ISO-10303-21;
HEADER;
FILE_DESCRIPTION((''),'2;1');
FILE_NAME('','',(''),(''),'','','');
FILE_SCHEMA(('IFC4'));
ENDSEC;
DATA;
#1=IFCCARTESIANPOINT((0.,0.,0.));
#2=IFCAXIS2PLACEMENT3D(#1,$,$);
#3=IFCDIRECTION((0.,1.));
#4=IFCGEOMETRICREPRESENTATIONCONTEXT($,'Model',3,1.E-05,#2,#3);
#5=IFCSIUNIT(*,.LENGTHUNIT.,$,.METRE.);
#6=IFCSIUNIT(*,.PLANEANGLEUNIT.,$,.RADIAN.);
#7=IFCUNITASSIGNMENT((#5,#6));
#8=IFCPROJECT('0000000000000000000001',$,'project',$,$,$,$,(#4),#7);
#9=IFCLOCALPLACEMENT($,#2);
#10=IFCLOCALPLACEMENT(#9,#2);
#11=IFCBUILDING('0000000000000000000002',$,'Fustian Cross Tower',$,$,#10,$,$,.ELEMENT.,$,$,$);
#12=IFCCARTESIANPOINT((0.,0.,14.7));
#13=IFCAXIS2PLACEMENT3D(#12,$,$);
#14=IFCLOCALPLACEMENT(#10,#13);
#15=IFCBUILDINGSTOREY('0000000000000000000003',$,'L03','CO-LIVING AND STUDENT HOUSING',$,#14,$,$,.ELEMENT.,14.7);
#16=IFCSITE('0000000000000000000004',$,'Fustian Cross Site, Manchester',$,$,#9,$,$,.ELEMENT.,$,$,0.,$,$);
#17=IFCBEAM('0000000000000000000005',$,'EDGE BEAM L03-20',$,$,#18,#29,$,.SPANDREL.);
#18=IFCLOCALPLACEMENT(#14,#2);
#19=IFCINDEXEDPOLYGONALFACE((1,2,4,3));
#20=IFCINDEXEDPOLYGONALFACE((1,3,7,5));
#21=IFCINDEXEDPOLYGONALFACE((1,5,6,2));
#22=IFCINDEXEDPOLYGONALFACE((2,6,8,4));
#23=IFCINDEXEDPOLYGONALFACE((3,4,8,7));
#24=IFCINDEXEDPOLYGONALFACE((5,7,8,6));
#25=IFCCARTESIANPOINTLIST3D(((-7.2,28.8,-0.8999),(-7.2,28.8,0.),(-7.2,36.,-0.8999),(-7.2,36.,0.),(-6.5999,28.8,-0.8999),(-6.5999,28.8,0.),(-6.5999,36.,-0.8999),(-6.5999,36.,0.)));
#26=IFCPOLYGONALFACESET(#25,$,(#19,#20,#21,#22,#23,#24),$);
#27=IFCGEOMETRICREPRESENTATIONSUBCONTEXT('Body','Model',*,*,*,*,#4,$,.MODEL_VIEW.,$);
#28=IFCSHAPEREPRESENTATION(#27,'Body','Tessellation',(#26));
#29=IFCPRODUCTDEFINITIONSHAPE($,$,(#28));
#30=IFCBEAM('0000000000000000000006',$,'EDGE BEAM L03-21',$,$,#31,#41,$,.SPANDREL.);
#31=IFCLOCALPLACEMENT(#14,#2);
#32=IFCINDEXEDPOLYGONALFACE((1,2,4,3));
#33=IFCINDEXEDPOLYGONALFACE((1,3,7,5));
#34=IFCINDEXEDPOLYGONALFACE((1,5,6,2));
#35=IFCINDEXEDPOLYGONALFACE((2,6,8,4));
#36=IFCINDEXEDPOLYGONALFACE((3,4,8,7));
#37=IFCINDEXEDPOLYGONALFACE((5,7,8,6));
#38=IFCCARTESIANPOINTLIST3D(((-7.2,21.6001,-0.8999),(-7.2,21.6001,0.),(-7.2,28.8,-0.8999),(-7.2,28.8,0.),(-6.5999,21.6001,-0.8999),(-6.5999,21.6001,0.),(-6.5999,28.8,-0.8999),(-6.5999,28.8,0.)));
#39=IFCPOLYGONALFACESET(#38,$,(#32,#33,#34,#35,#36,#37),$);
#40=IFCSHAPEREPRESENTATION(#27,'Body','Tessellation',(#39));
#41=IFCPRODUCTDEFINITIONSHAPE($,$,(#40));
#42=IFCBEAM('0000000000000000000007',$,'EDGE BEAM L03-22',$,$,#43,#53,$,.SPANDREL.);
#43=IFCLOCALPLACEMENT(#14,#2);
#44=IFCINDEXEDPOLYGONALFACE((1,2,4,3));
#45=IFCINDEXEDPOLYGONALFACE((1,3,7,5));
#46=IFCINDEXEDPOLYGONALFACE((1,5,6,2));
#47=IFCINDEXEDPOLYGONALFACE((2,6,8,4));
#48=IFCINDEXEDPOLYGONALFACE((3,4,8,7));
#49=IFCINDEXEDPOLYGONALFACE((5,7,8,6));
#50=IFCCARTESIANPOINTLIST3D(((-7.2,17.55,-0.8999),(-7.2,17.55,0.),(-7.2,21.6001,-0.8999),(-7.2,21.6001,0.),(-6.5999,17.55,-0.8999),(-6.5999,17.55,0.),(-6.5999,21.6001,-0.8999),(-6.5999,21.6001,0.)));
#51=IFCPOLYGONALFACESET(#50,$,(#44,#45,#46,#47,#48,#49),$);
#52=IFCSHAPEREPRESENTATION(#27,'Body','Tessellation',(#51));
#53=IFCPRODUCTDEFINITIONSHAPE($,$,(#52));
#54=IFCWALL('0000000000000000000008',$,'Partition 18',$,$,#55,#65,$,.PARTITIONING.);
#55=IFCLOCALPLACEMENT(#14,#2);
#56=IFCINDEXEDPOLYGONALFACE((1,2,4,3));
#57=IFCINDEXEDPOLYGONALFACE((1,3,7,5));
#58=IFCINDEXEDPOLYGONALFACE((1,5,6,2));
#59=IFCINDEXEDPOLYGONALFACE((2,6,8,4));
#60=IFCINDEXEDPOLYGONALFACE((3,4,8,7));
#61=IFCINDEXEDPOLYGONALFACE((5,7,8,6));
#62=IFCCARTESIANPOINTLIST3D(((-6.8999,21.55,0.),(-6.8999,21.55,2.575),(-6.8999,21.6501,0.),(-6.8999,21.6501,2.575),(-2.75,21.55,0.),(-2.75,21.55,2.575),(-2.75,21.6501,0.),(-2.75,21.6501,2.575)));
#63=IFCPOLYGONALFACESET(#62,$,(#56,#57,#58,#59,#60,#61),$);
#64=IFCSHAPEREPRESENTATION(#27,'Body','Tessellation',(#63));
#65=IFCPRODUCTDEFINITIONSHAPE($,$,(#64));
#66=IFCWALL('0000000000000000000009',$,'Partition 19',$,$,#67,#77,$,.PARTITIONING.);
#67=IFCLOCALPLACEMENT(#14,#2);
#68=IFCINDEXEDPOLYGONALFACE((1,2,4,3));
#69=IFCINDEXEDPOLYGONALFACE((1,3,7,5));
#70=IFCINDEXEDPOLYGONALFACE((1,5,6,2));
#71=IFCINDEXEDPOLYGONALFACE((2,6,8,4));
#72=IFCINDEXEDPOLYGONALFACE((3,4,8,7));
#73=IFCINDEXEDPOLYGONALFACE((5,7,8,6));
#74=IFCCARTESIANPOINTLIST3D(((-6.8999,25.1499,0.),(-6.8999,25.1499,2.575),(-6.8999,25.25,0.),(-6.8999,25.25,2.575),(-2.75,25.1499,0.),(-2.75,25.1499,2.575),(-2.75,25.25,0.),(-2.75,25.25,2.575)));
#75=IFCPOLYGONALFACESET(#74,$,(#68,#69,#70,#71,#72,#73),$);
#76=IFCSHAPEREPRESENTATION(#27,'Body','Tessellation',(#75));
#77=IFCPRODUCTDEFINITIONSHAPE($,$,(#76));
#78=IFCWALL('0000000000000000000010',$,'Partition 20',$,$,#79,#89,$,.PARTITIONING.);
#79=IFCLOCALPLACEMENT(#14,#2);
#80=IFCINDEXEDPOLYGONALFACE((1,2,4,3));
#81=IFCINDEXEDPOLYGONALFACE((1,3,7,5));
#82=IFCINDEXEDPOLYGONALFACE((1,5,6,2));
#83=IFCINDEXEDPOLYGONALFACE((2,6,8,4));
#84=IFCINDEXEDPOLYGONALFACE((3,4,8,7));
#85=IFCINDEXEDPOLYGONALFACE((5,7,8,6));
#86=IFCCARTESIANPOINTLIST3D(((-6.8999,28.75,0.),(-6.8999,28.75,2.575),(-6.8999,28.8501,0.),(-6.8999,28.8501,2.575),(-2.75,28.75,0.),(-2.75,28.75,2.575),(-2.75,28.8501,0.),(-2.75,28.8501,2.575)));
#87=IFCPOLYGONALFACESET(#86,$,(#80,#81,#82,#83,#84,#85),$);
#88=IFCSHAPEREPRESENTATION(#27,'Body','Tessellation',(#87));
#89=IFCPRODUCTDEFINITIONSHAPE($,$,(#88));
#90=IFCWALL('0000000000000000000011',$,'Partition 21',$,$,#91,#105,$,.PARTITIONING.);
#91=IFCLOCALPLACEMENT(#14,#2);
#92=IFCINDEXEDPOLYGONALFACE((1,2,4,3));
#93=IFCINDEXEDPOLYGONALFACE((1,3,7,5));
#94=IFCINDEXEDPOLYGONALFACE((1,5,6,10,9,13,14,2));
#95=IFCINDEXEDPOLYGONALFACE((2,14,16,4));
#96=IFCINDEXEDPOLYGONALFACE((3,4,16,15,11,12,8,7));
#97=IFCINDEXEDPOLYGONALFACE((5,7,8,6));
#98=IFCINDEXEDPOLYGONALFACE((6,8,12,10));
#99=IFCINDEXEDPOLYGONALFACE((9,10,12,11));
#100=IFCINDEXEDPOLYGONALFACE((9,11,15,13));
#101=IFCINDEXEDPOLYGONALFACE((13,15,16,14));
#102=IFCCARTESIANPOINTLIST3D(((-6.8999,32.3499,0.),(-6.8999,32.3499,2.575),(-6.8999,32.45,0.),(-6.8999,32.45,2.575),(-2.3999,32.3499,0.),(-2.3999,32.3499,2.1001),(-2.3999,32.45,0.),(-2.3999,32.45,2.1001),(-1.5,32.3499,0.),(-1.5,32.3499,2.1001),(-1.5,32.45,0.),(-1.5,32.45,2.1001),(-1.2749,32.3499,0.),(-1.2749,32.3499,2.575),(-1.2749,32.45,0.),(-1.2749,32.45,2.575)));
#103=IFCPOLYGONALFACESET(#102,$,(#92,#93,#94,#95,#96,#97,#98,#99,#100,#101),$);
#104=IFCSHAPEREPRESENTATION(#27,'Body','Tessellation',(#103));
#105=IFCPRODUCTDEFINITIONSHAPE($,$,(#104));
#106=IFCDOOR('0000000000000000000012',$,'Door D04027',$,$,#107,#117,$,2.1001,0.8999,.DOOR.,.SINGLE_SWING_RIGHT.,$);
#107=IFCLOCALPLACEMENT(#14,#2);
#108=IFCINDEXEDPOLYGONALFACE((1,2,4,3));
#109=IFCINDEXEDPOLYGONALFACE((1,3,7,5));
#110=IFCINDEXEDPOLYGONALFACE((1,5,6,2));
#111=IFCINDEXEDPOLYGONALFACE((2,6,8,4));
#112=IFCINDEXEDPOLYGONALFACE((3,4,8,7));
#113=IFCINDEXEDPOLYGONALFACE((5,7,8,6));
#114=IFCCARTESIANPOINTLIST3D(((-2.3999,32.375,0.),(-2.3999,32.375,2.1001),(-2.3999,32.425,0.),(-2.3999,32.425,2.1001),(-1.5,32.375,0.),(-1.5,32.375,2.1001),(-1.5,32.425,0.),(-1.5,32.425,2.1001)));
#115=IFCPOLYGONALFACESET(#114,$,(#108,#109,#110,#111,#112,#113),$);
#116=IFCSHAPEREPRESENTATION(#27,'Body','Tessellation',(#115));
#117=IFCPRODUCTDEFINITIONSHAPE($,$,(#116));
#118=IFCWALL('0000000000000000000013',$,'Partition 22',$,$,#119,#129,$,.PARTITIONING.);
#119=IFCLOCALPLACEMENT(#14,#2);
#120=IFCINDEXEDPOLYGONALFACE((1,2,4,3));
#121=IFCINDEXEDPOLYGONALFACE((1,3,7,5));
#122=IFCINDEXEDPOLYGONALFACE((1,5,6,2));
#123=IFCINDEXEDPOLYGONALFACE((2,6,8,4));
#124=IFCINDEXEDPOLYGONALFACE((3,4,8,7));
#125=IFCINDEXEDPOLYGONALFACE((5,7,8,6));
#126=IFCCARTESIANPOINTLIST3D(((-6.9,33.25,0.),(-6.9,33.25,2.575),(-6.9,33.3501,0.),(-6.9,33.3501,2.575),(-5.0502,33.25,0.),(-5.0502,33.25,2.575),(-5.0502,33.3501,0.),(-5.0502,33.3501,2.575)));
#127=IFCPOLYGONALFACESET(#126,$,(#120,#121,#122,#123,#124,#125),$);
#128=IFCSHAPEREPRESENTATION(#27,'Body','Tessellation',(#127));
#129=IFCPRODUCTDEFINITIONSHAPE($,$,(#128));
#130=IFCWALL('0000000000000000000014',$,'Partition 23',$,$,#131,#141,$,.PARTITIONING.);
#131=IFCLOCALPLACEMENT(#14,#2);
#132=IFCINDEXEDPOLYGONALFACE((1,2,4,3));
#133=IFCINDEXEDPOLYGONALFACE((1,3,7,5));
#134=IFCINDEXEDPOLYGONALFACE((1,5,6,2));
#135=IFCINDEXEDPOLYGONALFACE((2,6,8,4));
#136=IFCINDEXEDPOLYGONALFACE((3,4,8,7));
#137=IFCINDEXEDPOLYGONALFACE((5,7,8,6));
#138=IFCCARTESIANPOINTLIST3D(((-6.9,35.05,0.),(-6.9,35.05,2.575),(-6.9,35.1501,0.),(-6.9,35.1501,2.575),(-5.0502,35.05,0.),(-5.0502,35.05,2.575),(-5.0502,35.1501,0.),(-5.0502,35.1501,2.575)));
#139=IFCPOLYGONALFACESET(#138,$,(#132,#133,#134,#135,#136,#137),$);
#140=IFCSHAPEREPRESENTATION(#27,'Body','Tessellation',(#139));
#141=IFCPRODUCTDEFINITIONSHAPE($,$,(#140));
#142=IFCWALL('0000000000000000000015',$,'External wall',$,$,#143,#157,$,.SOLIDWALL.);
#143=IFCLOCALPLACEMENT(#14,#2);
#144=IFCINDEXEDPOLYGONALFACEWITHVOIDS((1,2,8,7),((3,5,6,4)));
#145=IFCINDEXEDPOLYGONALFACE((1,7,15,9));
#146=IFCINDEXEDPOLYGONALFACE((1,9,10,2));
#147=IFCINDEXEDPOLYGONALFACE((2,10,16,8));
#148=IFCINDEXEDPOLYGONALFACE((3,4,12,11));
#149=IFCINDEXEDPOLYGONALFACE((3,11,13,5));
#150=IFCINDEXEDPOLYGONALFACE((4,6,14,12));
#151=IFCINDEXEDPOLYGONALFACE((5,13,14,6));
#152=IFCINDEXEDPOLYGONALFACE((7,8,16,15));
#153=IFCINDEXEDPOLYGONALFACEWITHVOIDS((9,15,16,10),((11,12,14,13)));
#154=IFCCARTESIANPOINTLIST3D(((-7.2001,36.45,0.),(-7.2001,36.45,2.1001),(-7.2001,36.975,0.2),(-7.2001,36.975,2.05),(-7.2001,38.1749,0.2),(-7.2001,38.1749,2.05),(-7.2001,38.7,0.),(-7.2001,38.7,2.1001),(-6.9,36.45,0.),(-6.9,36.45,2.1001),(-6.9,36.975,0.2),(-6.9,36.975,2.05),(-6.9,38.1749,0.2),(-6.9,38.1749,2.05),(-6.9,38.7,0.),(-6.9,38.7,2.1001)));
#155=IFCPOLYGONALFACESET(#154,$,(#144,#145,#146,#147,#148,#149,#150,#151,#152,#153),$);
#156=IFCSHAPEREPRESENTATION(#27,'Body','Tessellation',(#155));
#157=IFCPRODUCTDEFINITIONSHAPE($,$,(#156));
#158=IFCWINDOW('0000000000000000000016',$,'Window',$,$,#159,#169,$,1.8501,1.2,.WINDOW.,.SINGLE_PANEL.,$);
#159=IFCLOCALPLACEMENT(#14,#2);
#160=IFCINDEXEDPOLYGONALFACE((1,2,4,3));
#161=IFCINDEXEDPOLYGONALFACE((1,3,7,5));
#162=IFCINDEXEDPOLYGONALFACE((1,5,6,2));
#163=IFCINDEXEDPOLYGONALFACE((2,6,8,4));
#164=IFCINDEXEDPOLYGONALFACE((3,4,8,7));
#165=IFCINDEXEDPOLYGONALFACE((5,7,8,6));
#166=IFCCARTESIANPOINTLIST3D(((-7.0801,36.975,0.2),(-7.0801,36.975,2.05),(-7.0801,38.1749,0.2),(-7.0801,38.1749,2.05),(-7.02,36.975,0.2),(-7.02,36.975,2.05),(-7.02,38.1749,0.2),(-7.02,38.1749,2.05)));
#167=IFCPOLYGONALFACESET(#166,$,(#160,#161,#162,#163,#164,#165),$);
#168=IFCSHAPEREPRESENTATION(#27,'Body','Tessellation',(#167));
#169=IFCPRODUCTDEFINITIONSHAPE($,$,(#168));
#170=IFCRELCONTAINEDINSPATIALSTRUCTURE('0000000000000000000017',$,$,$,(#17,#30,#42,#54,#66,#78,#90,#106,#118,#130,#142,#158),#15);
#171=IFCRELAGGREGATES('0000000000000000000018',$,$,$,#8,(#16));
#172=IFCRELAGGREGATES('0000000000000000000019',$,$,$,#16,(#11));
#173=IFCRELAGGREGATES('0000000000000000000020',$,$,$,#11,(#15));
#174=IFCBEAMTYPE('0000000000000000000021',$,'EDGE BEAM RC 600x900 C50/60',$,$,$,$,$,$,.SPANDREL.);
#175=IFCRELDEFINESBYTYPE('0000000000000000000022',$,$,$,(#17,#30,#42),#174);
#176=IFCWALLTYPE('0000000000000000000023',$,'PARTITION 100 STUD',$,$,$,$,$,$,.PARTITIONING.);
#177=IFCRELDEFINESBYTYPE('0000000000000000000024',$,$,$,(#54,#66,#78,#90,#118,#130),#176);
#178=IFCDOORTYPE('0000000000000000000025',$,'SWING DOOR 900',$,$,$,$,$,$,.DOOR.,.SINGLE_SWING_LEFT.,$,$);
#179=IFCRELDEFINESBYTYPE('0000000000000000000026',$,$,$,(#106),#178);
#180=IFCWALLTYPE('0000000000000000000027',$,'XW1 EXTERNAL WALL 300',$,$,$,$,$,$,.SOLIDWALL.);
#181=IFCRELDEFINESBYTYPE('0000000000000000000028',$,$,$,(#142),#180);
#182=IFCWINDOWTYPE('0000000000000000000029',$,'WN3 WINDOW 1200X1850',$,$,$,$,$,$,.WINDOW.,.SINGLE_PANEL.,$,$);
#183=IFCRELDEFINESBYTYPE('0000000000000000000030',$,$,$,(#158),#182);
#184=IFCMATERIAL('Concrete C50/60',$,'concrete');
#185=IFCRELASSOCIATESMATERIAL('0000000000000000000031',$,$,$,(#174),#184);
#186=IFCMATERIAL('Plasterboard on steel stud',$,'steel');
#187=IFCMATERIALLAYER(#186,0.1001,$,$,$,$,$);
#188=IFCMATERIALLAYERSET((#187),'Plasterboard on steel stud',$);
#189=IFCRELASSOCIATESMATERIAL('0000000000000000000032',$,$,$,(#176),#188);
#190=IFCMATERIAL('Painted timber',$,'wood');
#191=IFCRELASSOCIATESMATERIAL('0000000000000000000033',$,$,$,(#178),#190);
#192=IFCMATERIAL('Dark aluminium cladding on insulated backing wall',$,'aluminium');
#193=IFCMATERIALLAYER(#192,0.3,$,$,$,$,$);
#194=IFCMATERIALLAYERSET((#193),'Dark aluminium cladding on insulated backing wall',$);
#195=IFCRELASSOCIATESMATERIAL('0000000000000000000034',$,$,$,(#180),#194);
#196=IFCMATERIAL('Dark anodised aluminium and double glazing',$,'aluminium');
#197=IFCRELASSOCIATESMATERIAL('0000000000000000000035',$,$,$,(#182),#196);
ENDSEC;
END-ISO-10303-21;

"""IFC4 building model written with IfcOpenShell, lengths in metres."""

from ifc_helpers import new_model, si_unit, direction, frame, frame_2d, origin, origin_2d, place, context, subcontext, project, spatial, rectangle, extrude, material, layer, layer_set, material_profile, profile_set, type_object, element, fill, save


model = new_model("IFC4")

# Units and contexts
model_context = context("Model", 3, precision=1e-05, world=origin(), true_north=direction((0.0, 1.0)))
body_context = subcontext(model_context, "Body", "Model", "MODEL_VIEW")
ifc_project = project(units=[si_unit("LENGTHUNIT", "METRE"), si_unit("PLANEANGLEUNIT", "RADIAN")], contexts=[model_context])

# Site, building, storey
site_placement = place(None, origin())
site = spatial("IfcSite", under=ifc_project, at=site_placement, Name="Fustian Cross Site, Manchester", CompositionType="ELEMENT", RefElevation=0.0)
building_placement = place(site_placement, origin())
building = spatial("IfcBuilding", under=site, at=building_placement, Name="Fustian Cross Tower", CompositionType="ELEMENT")
storey_placement = place(building_placement, frame((0.0, 0.0, 14.7)))
storey = spatial("IfcBuildingStorey", under=building, at=storey_placement, Name="L03", Description="CO-LIVING AND STUDENT HOUSING", CompositionType="ELEMENT", Elevation=14.7)

# Beams
ifc_material_1 = material(Name="Concrete C50/60", Category="concrete")
ifc_material_profile = material_profile(ifc_material_1, rectangle(XDim=0.6001, YDim=0.8999, at=origin_2d()), Name="RC 600x900")
ifc_profile_set = profile_set([ifc_material_profile], Name="Concrete C50/60")
beam_type = type_object("IfcBeamType", Name="EDGE BEAM RC 600x900 C50/60", PredefinedType="SPANDREL", material=ifc_profile_set)
for number, where, z_axis, x_axis, name in (
    (1, (-6.8999, 36.0, -0.45), (0.0, -1.0, 0.0), (1.0, 0.0, 0.0), "EDGE BEAM L03-20"),
    (2, (-6.8999, 28.8, -0.45), (0.0, -1.0, 0.0), (1.0, 0.0, 0.0), "EDGE BEAM L03-21"),
):
    element("IfcBeam", number, at=place(storey_placement, frame(where, z_axis=z_axis, x_axis=x_axis)), inside=storey, type_object=beam_type, Name=name, PredefinedType="SPANDREL", context=body_context, shape_type="SweptSolid", body=[
        extrude(rectangle(XDim=0.6001, YDim=0.8999, at=origin_2d()), origin(), (0.0, 0.0, 1.0), 7.2),
    ])
beam_placement = place(storey_placement, frame((-6.8999, 21.6001, -0.45), z_axis=(0.0, -1.0, 0.0), x_axis=(1.0, 0.0, 0.0)))
element("IfcBeam", 3, at=beam_placement, inside=storey, type_object=beam_type, Name="EDGE BEAM L03-22", PredefinedType="SPANDREL", context=body_context, shape_type="SweptSolid", body=[
    extrude(rectangle(XDim=0.6001, YDim=0.8999, at=origin_2d()), origin(), (0.0, 0.0, 1.0), 4.05),
])

# Walls
ifc_material_2 = material(Name="Plasterboard on steel stud", Category="steel")
ifc_layer_1 = layer(ifc_material_2, 0.1001)
ifc_layer_set_1 = layer_set([ifc_layer_1], Name="Plasterboard on steel stud")
wall_type_1 = type_object("IfcWallType", Name="PARTITION 100 STUD", PredefinedType="PARTITIONING", material=ifc_layer_set_1)
for number, where, z_axis, x_axis, name in (
    (4, (-6.8999, 21.6001, 0.0), (0.0, 0.0, 1.0), (1.0, 0.0, 0.0), "Partition 18"),
    (5, (-6.8999, 25.2, 0.0), (0.0, 0.0, 1.0), (1.0, 0.0, 0.0), "Partition 19"),
    (6, (-6.8999, 28.8, 0.0), (0.0, 0.0, 1.0), (1.0, 0.0, 0.0), "Partition 20"),
):
    element("IfcWall", number, at=place(storey_placement, frame(where, z_axis=z_axis, x_axis=x_axis)), inside=storey, type_object=wall_type_1, Name=name, PredefinedType="PARTITIONING", context=body_context, shape_type="SweptSolid", body=[
        extrude(rectangle(XDim=4.1499, YDim=0.1001, at=frame_2d((2.075, 0.0))), origin(), (0.0, 0.0, 1.0), 2.575),
    ])

# Wall, opening, door
wall_1_placement = place(storey_placement, frame((-6.8999, 32.3999, 0.0), z_axis=(0.0, 0.0, 1.0), x_axis=(1.0, 0.0, 0.0)))
wall_1 = element("IfcWall", 7, at=wall_1_placement, inside=storey, type_object=wall_type_1, Name="Partition 21", PredefinedType="PARTITIONING", context=body_context, shape_type="SweptSolid", body=[
    extrude(rectangle(XDim=5.625, YDim=0.1001, at=frame_2d((2.8125, 0.0))), origin(), (0.0, 0.0, 1.0), 2.575),
])
opening_1_placement = place(wall_1_placement, frame((4.5, 0.0, 0.0)))
opening_1 = element("IfcOpeningElement", 8, at=opening_1_placement, cuts=wall_1, PredefinedType="OPENING", context=body_context, shape_type="SweptSolid", body=[
    extrude(rectangle(XDim=0.8999, YDim=2.1001, at=frame_2d((0.45, 1.05))), frame((0.0, 0.0601, 0.0), z_axis=(0.0, -1.0, 0.0), x_axis=(1.0, 0.0, 0.0)), (0.0, 0.0, 1.0), 0.1201),
])
ifc_material_3 = material(Name="Painted timber", Category="wood")
door_type = type_object("IfcDoorType", Name="SWING DOOR 900", OperationType="SINGLE_SWING_LEFT", PredefinedType="DOOR", material=ifc_material_3)
door_placement = place(opening_1_placement, frame((0.8999, 0.0, 0.0), z_axis=(0.0, 0.0, 1.0), x_axis=(-1.0, 0.0, 0.0)))
door = element("IfcDoor", 9, at=door_placement, inside=storey, type_object=door_type, Name="Door D04027", OperationType="SINGLE_SWING_RIGHT", OverallHeight=2.1001, OverallWidth=0.8999, PredefinedType="DOOR", context=body_context, shape_type="SweptSolid", body=[
    extrude(rectangle(XDim=0.8999, YDim=2.1001, at=frame_2d((0.45, 1.05))), frame((0.0, 0.0249, 0.0), z_axis=(0.0, -1.0, 0.0), x_axis=(1.0, 0.0, 0.0)), (0.0, 0.0, 1.0), 0.05),
])
fill(opening_1, door)

# Walls
for number, where, z_axis, x_axis, name in (
    (10, (-6.8999, 33.3, 0.0), (0.0, 0.0, 1.0), (1.0, 0.0, 0.0), "Partition 22"),
    (11, (-6.8999, 35.1001, 0.0), (0.0, 0.0, 1.0), (1.0, 0.0, 0.0), "Partition 23"),
):
    element("IfcWall", number, at=place(storey_placement, frame(where, z_axis=z_axis, x_axis=x_axis)), inside=storey, type_object=wall_type_1, Name=name, PredefinedType="PARTITIONING", context=body_context, shape_type="SweptSolid", body=[
        extrude(rectangle(XDim=1.8499, YDim=0.1001, at=frame_2d((0.9248, 0.0))), origin(), (0.0, 0.0, 1.0), 2.575),
    ])

# Wall, opening, window
ifc_material_4 = material(Name="Dark aluminium cladding on insulated backing wall", Category="aluminium")
ifc_layer_2 = layer(ifc_material_4, 0.3)
ifc_layer_set_2 = layer_set([ifc_layer_2], Name="Dark aluminium cladding on insulated backing wall")
wall_type_2 = type_object("IfcWallType", Name="XW1 EXTERNAL WALL 300", PredefinedType="SOLIDWALL", material=ifc_layer_set_2)
wall_2_placement = place(storey_placement, frame((-7.05, 38.7, 0.0), z_axis=(0.0, 0.0, 1.0), x_axis=(0.0, -1.0, 0.0)))
wall_2 = element("IfcWall", 12, at=wall_2_placement, inside=storey, type_object=wall_type_2, Name="External wall", PredefinedType="SOLIDWALL", context=body_context, shape_type="SweptSolid", body=[
    extrude(rectangle(XDim=2.25, YDim=0.3, at=frame_2d((1.125, 0.0))), origin(), (0.0, 0.0, 1.0), 2.1001),
])
opening_2_placement = place(wall_2_placement, frame((0.5249, 0.0, 0.2)))
opening_2 = element("IfcOpeningElement", 13, at=opening_2_placement, cuts=wall_2, PredefinedType="OPENING", context=body_context, shape_type="SweptSolid", body=[
    extrude(rectangle(XDim=1.2, YDim=1.8501, at=frame_2d((0.6001, 0.925))), frame((0.0, 0.1599, 0.0), z_axis=(0.0, -1.0, 0.0), x_axis=(1.0, 0.0, 0.0)), (0.0, 0.0, 1.0), 0.3201),
])
ifc_material_5 = material(Name="Dark anodised aluminium and double glazing", Category="aluminium")
window_type_1 = type_object("IfcWindowType", Name="WN3 WINDOW 1200X1850", PartitioningType="SINGLE_PANEL", PredefinedType="WINDOW", material=ifc_material_5)
window_1_placement = place(opening_2_placement, origin())
window_1 = element("IfcWindow", 14, at=window_1_placement, inside=storey, type_object=window_type_1, Name="Window", OverallHeight=1.8501, OverallWidth=1.2, PartitioningType="SINGLE_PANEL", PredefinedType="WINDOW", context=body_context, shape_type="SweptSolid", body=[
    extrude(rectangle(XDim=1.2, YDim=1.8501, at=frame_2d((0.6001, 0.925))), frame((0.0, 0.03, 0.0), z_axis=(0.0, -1.0, 0.0), x_axis=(1.0, 0.0, 0.0)), (0.0, 0.0, 1.0), 0.0601),
])
fill(opening_2, window_1)

save(model, "model.ifc")
